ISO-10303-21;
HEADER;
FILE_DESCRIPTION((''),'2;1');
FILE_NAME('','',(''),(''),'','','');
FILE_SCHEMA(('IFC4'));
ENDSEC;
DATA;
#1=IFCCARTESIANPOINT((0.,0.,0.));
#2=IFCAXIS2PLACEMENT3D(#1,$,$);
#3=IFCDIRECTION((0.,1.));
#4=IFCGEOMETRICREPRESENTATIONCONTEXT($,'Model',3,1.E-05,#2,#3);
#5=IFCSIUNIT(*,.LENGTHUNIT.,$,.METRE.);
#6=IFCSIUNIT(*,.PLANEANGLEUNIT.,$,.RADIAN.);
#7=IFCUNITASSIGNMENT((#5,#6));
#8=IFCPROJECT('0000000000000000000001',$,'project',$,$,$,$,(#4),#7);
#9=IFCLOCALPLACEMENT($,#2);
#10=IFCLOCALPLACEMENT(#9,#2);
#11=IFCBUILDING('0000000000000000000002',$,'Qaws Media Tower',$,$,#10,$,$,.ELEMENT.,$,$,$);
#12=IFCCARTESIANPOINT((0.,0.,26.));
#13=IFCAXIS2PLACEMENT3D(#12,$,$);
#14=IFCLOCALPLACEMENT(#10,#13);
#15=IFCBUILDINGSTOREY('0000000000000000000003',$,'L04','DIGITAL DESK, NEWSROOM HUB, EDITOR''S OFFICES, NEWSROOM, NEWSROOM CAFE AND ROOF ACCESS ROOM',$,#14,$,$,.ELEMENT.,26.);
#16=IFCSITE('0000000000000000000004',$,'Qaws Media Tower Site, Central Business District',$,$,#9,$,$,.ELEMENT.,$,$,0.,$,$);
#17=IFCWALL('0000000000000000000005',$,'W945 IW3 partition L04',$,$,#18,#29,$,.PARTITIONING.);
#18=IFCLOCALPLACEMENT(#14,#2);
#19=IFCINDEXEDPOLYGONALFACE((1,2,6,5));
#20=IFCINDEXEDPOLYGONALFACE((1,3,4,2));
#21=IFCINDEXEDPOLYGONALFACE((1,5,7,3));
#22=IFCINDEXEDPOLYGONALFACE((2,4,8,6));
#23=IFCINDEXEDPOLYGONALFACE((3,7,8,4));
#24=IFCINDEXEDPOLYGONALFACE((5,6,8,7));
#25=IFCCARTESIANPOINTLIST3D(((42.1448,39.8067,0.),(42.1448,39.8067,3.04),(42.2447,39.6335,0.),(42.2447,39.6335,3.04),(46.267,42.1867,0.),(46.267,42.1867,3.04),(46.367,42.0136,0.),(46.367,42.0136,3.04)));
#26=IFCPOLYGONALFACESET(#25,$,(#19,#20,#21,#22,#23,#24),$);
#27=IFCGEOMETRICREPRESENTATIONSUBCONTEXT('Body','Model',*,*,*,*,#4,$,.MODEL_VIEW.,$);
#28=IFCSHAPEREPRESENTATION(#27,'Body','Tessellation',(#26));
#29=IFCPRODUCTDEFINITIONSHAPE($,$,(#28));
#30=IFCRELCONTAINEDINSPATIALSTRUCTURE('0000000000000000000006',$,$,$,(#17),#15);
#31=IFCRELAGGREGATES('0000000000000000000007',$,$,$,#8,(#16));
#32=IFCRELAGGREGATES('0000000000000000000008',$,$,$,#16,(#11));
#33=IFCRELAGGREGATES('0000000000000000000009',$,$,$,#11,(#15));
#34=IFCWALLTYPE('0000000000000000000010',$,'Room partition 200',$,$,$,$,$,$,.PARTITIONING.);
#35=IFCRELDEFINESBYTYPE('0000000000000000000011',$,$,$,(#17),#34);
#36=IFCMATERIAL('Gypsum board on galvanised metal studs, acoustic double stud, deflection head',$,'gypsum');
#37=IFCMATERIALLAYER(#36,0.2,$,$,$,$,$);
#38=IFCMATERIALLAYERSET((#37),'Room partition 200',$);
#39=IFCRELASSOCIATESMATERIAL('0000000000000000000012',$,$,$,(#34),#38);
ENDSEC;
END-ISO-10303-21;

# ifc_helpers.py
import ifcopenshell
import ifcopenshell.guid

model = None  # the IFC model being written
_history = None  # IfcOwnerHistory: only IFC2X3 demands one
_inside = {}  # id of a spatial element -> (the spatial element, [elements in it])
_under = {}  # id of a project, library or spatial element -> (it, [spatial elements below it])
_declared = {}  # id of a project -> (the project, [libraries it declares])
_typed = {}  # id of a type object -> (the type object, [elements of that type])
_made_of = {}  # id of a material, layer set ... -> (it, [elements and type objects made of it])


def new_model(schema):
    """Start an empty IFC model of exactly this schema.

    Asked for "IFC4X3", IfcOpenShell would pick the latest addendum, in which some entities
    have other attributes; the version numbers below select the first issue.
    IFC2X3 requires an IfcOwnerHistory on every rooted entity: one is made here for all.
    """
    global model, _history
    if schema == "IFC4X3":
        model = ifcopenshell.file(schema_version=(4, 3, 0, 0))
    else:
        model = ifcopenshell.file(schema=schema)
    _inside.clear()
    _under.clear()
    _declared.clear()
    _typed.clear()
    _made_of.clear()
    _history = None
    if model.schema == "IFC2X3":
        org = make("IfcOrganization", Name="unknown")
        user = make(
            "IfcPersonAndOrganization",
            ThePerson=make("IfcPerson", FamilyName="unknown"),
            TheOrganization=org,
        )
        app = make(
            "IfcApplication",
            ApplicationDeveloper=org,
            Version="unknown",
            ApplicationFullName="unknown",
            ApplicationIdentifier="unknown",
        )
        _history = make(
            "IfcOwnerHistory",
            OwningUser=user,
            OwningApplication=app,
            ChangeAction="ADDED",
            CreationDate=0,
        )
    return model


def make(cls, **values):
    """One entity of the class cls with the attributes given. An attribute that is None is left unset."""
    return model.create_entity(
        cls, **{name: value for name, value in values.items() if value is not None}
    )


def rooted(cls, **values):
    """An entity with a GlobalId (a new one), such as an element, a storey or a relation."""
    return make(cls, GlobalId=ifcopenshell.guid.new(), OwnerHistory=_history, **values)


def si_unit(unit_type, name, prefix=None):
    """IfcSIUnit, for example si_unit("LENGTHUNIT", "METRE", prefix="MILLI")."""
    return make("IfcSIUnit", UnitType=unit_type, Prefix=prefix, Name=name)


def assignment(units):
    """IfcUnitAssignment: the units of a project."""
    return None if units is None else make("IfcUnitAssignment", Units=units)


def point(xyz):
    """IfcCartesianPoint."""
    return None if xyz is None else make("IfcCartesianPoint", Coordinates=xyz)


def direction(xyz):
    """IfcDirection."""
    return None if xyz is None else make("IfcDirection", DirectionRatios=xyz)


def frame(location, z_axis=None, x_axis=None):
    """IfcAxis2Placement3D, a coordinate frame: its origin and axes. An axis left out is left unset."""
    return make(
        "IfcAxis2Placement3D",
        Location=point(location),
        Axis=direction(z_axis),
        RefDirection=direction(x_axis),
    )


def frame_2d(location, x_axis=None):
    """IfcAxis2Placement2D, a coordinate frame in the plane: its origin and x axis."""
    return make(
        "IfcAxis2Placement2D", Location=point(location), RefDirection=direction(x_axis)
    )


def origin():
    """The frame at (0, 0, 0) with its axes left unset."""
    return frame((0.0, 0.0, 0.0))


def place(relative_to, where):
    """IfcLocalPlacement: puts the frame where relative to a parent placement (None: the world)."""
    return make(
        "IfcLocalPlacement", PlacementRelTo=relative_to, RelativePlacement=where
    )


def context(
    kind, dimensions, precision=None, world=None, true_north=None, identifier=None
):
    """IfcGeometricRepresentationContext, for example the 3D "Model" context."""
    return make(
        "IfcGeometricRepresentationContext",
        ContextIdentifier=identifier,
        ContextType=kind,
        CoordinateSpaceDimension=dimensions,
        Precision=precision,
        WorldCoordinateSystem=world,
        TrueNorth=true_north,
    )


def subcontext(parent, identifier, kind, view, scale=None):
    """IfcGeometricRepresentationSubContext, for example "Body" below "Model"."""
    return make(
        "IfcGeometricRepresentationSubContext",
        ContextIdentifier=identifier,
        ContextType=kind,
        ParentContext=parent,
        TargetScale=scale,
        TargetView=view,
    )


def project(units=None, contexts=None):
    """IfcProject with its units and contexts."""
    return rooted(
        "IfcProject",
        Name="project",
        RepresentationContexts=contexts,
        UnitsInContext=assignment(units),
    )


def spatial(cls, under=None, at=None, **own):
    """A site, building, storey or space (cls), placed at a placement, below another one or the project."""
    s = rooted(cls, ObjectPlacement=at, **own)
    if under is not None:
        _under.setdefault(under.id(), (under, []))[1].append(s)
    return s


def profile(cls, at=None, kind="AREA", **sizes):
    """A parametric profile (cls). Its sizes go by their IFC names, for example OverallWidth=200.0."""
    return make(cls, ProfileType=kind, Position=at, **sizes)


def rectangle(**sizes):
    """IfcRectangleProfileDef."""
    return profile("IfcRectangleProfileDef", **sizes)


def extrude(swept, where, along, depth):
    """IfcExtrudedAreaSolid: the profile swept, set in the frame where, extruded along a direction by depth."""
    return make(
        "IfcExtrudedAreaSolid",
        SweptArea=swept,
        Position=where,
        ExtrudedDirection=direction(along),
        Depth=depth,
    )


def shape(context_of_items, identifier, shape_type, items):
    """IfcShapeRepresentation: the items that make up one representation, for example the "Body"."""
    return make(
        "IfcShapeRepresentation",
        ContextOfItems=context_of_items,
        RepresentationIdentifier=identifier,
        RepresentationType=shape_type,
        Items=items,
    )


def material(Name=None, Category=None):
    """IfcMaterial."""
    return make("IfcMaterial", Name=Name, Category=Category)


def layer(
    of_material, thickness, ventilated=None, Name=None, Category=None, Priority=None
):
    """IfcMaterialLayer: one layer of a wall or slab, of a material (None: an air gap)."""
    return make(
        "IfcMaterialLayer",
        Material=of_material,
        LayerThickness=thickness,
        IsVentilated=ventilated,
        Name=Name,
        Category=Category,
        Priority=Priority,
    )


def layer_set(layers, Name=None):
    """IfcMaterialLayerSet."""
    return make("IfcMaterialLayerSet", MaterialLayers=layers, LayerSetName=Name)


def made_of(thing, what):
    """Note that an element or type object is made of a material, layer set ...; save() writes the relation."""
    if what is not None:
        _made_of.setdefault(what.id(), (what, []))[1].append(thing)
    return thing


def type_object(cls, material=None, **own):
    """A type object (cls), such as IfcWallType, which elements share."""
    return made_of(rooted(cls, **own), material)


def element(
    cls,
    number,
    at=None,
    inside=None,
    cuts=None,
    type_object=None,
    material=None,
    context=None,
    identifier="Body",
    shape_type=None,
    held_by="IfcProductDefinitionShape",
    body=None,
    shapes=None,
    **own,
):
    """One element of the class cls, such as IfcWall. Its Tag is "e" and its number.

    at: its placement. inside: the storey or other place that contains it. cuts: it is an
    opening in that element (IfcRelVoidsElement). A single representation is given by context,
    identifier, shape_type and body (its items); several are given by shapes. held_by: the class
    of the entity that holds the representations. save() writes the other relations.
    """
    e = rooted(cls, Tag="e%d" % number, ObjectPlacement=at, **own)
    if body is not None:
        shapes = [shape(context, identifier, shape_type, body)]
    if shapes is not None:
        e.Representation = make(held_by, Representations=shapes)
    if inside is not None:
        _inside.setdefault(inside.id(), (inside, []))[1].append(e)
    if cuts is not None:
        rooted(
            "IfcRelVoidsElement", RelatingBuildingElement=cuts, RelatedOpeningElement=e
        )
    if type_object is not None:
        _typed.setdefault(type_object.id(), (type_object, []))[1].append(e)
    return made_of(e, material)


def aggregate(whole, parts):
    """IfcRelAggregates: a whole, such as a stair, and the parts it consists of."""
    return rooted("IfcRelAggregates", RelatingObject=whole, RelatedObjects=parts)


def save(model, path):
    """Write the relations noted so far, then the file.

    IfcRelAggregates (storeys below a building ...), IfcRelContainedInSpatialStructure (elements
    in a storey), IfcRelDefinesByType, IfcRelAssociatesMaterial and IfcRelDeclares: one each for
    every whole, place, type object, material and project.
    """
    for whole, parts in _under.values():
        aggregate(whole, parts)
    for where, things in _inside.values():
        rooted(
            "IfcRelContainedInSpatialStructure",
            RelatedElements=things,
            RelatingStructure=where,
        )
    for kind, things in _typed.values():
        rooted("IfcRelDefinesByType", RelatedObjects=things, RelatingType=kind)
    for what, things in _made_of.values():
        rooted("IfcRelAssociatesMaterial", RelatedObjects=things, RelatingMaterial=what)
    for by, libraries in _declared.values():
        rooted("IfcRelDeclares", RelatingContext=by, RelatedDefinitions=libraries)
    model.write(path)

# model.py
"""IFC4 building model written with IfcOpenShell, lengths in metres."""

from ifc_helpers import new_model, si_unit, direction, frame, frame_2d, origin, place, context, subcontext, project, spatial, rectangle, extrude, material, layer, layer_set, type_object, element, save


model = new_model("IFC4")

# Units and contexts
model_context = context("Model", 3, precision=1e-05, world=origin(), true_north=direction((0.0, 1.0)))
body_context = subcontext(model_context, "Body", "Model", "MODEL_VIEW")
ifc_project = project(units=[si_unit("LENGTHUNIT", "METRE"), si_unit("PLANEANGLEUNIT", "RADIAN")], contexts=[model_context])

# Site, building, storey
site_placement = place(None, origin())
site = spatial("IfcSite", under=ifc_project, at=site_placement, Name="Qaws Media Tower Site, Central Business District", CompositionType="ELEMENT", RefElevation=0.0)
building_placement = place(site_placement, origin())
building = spatial("IfcBuilding", under=site, at=building_placement, Name="Qaws Media Tower", CompositionType="ELEMENT")
storey_placement = place(building_placement, frame((0.0, 0.0, 26.0)))
storey = spatial("IfcBuildingStorey", under=building, at=storey_placement, Name="L04", Description="DIGITAL DESK, NEWSROOM HUB, EDITOR'S OFFICES, NEWSROOM, NEWSROOM CAFE AND ROOF ACCESS ROOM", CompositionType="ELEMENT", Elevation=26.0)

# Shared definitions
ifc_material_1 = material(Name="Gypsum board on galvanised metal studs, acoustic double stud, deflection head", Category="gypsum")
ifc_layer_1 = layer(ifc_material_1, 0.2)
ifc_layer_set_1 = layer_set([ifc_layer_1], Name="Room partition 200")
wall_type = type_object("IfcWallType", Name="Room partition 200", PredefinedType="PARTITIONING", material=ifc_layer_set_1)

# Wall
wall_1_placement = place(storey_placement, frame((46.3169, 42.1001, 0.0), z_axis=(0.0, 0.0, 1.0), x_axis=(-0.866016, -0.500017, 0.0)))
element("IfcWall", 1, at=wall_1_placement, inside=storey, type_object=wall_type, Name="W945 IW3 partition L04", PredefinedType="PARTITIONING", context=body_context, shape_type="SweptSolid", body=[
    extrude(rectangle(XDim=4.76, YDim=0.2, at=frame_2d((2.3799, 0.0))), origin(), (0.0, 0.0, 1.0), 3.04),
])

save(model, "model.ifc")
